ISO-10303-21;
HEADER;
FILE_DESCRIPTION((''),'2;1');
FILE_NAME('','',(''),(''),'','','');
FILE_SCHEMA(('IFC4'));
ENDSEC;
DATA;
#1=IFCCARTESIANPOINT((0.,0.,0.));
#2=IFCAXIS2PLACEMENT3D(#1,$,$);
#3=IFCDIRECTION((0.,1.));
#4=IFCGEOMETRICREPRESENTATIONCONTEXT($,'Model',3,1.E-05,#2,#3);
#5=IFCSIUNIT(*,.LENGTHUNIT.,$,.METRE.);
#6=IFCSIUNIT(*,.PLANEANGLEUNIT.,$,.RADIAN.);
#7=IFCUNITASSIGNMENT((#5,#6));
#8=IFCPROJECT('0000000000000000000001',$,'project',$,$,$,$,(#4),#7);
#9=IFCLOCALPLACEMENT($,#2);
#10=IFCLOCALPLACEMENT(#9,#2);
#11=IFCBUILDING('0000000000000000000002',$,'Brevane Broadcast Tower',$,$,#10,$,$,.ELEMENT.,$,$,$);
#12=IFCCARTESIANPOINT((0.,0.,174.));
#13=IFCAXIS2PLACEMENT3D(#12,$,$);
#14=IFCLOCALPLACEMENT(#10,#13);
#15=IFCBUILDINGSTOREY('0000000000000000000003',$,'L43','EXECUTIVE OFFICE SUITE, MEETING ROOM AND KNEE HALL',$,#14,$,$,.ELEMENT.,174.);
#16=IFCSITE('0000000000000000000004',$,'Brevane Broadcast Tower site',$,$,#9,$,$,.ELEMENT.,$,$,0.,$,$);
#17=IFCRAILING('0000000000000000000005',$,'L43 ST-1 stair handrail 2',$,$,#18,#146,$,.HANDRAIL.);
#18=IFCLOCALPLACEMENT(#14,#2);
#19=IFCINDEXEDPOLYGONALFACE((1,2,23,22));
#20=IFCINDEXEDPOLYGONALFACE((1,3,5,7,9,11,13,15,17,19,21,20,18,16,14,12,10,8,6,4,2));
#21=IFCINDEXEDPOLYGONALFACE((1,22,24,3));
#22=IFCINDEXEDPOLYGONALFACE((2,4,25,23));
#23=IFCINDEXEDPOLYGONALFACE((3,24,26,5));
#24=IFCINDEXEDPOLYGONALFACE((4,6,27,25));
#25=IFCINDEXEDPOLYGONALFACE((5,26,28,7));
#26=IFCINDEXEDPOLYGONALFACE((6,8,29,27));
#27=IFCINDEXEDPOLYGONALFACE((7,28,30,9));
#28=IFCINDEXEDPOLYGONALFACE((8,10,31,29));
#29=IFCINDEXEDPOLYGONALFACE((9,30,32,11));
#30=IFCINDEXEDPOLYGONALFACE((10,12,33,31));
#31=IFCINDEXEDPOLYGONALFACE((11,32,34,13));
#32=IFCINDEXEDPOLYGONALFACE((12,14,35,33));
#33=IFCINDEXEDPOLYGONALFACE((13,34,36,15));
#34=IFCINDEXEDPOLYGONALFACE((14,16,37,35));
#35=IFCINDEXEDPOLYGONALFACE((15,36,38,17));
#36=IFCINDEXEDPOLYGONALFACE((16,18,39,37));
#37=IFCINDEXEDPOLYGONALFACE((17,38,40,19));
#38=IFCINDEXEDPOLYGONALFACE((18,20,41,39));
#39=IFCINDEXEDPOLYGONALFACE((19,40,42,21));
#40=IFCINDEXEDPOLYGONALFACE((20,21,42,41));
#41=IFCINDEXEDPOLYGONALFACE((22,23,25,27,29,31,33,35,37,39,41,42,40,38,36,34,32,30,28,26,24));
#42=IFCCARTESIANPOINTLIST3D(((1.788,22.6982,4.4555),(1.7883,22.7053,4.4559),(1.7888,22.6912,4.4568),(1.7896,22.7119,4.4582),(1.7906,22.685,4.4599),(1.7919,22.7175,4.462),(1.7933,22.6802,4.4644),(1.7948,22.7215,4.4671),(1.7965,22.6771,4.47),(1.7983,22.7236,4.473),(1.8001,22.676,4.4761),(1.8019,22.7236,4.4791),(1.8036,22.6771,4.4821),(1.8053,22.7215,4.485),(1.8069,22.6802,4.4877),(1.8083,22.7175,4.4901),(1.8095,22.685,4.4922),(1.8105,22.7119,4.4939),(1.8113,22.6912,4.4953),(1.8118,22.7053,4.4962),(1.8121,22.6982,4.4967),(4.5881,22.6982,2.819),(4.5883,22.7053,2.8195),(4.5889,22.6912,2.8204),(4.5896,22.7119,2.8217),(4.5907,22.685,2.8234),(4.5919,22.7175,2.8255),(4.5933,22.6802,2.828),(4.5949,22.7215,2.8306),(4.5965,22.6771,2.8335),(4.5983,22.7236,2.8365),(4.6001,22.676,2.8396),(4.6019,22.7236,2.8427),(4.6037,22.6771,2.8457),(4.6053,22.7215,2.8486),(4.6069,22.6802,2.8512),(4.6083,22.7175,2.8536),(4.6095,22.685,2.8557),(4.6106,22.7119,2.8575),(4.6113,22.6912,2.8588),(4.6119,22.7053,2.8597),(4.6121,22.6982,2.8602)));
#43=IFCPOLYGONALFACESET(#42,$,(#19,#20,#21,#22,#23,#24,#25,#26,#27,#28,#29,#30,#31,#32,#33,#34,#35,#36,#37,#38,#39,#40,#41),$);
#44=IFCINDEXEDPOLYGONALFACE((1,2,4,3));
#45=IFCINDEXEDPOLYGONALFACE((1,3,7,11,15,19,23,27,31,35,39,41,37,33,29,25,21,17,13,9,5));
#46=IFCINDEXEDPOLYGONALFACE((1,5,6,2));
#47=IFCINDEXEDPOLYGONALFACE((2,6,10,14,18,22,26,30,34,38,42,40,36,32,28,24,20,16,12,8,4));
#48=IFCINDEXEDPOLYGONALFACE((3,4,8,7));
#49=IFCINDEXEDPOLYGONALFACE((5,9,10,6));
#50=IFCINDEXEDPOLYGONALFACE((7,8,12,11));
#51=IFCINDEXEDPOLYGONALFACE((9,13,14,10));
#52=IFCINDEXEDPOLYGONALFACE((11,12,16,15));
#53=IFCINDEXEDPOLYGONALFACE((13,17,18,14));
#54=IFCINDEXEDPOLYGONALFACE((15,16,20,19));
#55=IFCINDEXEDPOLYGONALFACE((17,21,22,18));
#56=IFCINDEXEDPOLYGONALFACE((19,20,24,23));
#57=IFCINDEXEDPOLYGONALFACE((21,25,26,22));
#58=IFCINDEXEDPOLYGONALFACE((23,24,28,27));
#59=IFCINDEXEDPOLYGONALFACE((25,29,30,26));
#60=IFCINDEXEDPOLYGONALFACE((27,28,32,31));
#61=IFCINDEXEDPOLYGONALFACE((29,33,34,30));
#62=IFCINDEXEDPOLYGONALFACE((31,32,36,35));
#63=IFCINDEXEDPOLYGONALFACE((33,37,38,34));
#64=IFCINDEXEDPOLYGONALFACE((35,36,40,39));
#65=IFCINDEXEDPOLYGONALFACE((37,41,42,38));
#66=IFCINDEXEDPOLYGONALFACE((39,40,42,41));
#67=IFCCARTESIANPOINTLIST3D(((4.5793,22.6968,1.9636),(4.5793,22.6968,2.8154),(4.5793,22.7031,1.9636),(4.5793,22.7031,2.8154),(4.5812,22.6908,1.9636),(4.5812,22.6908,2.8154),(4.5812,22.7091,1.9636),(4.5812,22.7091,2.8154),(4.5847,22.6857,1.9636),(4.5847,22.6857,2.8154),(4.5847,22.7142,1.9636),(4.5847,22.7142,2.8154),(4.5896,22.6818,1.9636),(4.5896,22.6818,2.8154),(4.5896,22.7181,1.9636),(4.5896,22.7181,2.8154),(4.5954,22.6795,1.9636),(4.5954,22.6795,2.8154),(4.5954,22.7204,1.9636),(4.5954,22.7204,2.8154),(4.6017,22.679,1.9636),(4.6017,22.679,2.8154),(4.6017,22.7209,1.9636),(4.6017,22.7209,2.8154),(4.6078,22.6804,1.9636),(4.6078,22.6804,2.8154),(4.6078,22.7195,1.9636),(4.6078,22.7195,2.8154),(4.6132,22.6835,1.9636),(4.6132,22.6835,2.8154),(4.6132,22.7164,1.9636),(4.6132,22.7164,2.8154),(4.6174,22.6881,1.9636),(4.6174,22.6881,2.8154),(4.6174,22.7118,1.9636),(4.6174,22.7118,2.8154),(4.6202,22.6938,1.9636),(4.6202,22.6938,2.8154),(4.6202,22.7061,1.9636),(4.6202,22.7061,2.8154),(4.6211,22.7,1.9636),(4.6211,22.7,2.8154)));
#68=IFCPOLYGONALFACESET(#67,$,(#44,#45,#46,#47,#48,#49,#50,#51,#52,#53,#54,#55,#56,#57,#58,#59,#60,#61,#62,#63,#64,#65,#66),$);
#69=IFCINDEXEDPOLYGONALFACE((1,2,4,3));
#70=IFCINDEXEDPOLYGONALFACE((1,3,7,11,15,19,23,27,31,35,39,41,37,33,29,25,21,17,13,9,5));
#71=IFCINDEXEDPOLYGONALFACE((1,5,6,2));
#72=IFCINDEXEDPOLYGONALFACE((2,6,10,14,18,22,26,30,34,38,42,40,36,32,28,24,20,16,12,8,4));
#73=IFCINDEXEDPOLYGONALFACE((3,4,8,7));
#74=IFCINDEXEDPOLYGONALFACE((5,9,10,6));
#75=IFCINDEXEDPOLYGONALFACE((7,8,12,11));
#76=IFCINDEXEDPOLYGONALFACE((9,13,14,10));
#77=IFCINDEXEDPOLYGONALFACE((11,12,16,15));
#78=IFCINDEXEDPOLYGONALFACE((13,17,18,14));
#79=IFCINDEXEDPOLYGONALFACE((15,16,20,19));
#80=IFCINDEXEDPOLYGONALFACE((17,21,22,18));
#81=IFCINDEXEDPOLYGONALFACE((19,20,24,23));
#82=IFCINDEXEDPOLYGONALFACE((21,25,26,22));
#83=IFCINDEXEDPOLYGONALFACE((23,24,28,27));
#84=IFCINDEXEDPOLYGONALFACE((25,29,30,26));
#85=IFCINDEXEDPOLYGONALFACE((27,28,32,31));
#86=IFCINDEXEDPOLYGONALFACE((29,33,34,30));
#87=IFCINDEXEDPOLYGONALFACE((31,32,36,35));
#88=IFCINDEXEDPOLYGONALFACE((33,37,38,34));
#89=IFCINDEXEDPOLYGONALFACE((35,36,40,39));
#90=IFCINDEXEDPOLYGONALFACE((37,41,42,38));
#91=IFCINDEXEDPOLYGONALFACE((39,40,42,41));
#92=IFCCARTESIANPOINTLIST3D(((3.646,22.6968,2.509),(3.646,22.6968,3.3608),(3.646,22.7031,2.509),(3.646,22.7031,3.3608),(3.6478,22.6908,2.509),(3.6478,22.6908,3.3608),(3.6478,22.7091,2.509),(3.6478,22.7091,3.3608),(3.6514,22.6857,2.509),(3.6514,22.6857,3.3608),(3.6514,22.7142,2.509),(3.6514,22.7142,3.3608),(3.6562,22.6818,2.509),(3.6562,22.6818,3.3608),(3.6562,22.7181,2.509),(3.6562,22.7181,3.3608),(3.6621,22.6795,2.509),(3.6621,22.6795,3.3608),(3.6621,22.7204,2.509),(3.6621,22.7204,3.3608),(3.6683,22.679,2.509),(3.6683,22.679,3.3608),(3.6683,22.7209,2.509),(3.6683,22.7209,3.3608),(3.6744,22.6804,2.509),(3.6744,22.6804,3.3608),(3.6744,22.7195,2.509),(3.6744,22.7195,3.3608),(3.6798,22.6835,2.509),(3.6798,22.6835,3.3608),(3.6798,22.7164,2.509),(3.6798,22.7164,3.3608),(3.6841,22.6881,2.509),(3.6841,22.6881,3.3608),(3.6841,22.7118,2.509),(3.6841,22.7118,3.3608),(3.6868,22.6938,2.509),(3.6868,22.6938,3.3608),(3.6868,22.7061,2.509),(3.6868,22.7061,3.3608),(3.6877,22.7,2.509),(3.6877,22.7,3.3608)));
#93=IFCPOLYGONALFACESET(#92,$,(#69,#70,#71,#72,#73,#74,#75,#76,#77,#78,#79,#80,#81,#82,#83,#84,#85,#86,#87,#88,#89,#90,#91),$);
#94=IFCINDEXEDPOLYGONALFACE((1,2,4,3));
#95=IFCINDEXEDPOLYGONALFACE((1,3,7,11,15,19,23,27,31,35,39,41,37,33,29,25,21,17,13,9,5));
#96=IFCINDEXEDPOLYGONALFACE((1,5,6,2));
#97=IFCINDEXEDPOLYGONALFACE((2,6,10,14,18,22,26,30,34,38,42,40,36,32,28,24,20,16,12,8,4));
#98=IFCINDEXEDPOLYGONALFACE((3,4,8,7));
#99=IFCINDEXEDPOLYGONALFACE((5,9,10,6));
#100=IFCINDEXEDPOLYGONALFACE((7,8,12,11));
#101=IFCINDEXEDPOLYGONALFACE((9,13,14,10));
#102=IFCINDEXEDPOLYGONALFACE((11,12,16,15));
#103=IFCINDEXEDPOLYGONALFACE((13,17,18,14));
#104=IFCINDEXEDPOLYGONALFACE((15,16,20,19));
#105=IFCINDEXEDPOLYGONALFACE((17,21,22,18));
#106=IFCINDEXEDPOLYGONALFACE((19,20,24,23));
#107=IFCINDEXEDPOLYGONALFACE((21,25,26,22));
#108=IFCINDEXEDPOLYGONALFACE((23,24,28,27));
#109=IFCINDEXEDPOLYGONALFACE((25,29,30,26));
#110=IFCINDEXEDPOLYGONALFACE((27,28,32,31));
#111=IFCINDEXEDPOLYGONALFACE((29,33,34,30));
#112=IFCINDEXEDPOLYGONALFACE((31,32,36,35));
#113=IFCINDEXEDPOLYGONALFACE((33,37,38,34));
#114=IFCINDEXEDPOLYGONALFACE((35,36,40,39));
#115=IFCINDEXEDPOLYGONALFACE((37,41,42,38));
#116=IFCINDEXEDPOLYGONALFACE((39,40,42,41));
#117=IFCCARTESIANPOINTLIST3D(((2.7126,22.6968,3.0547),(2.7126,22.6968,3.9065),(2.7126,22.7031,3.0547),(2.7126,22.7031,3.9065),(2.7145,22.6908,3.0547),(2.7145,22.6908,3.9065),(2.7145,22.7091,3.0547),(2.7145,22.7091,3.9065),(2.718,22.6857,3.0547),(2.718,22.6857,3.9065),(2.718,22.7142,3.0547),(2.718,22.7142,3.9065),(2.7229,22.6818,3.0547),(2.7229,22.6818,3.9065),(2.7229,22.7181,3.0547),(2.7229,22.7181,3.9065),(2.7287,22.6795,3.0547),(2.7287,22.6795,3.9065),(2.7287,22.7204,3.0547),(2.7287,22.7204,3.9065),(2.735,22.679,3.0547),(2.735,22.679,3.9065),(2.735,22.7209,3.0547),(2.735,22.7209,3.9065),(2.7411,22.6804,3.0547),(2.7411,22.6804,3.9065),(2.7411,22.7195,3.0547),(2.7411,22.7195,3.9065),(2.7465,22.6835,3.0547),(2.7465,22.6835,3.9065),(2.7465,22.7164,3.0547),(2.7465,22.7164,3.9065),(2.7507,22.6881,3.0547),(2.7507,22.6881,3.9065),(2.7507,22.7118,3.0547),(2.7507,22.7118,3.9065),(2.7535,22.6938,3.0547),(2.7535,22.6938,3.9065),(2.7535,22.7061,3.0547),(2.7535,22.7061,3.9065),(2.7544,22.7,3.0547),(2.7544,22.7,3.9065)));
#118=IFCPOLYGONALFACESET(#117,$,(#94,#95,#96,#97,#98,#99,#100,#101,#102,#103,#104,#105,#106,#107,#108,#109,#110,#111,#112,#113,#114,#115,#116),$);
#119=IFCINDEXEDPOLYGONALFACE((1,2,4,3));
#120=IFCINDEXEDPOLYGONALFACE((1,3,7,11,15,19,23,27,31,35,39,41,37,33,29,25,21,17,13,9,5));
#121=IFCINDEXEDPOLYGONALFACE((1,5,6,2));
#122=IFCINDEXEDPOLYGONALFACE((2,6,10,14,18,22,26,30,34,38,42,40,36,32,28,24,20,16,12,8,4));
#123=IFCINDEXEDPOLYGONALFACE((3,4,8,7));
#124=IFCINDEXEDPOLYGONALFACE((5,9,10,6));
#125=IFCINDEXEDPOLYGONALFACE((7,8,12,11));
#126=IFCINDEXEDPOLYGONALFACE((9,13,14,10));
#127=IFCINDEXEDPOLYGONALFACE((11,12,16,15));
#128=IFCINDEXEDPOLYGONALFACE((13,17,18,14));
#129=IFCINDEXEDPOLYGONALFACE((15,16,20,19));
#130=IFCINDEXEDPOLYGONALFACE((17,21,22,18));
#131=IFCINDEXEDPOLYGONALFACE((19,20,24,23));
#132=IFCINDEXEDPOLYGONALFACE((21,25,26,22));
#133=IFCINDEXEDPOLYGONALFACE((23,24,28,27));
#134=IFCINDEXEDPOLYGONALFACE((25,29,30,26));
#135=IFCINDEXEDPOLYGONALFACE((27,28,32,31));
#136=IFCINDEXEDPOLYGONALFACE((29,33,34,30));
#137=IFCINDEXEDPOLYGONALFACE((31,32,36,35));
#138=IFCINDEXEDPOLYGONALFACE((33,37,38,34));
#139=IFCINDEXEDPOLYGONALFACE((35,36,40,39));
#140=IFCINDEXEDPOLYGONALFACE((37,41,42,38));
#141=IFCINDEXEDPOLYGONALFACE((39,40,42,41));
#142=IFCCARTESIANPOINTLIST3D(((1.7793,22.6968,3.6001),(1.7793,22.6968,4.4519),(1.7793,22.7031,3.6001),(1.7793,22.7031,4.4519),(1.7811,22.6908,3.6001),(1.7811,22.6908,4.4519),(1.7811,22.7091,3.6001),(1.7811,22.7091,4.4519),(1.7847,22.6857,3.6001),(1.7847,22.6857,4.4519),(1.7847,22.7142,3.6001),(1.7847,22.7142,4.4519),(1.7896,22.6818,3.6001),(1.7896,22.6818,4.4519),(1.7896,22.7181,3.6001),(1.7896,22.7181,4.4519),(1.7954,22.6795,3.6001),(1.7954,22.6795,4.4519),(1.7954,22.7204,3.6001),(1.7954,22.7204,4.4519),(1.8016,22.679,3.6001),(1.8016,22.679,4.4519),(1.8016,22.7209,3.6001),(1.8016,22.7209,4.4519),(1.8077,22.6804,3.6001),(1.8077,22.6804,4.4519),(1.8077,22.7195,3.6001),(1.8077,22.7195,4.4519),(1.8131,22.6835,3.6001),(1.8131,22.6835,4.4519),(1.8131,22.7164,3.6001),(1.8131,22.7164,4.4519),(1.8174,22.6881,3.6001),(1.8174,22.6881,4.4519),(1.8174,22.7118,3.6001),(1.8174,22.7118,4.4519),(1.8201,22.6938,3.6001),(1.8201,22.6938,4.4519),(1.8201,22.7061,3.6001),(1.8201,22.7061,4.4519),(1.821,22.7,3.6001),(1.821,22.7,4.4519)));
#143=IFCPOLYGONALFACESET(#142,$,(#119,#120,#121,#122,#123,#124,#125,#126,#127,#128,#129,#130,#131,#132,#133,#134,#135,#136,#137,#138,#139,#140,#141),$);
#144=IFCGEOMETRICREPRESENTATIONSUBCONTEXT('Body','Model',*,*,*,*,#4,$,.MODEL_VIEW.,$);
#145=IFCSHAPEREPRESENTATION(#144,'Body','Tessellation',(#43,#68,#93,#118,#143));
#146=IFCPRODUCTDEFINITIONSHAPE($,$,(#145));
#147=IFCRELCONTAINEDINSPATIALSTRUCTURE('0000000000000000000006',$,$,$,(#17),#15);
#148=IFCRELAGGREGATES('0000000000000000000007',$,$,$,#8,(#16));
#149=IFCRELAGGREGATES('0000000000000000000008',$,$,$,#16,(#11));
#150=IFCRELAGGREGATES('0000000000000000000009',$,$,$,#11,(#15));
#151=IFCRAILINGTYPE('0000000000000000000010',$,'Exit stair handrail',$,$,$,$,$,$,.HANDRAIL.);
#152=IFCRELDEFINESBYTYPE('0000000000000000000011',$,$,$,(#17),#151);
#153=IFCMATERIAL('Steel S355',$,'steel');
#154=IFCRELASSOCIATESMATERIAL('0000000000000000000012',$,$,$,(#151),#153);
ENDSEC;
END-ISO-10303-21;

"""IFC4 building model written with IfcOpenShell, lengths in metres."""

from ifc_helpers import new_model, si_unit, direction, frame, origin, origin_2d, place, context, subcontext, project, spatial, circle, extrude, material, type_object, element, save


model = new_model("IFC4")

# Units and contexts
model_context = context("Model", 3, precision=1e-05, world=origin(), true_north=direction((0.0, 1.0)))
body_context = subcontext(model_context, "Body", "Model", "MODEL_VIEW")
ifc_project = project(units=[si_unit("LENGTHUNIT", "METRE"), si_unit("PLANEANGLEUNIT", "RADIAN")], contexts=[model_context])

# Site, building, storey
site_placement = place(None, origin())
site = spatial("IfcSite", under=ifc_project, at=site_placement, Name="Brevane Broadcast Tower site", CompositionType="ELEMENT", RefElevation=0.0)
building_placement = place(site_placement, origin())
building = spatial("IfcBuilding", under=site, at=building_placement, Name="Brevane Broadcast Tower", CompositionType="ELEMENT")
storey_placement = place(building_placement, frame((0.0, 0.0, 174.0)))
storey = spatial("IfcBuildingStorey", under=building, at=storey_placement, Name="L43", Description="EXECUTIVE OFFICE SUITE, MEETING ROOM AND KNEE HALL", CompositionType="ELEMENT", Elevation=174.0)

# Railing
ifc_material_1 = material(Name="Steel S355", Category="steel")
railing_type_1 = type_object("IfcRailingType", Name="Exit stair handrail", PredefinedType="HANDRAIL", material=ifc_material_1)
railing_1_placement = place(storey_placement, frame((4.6001, 22.7, 1.9636)))
element("IfcRailing", 1, at=railing_1_placement, inside=storey, type_object=railing_type_1, Name="L43 ST-1 stair handrail 2", PredefinedType="HANDRAIL", context=body_context, shape_type="SweptSolid", body=[
    extrude(circle(Radius=0.0239, at=origin_2d()), frame((0.0, 0.0, 0.876), z_axis=(-0.863361, 0.0, 0.504587), x_axis=(0.0, -1.0, 0.0)), (0.0, 0.0, 1.0), 3.2432),
    extrude(circle(Radius=0.021, at=origin_2d()), origin(), (0.0, 0.0, 1.0), 0.8518),
    extrude(circle(Radius=0.021, at=origin_2d()), frame((-0.9333, 0.0, 0.5454)), (0.0, 0.0, 1.0), 0.8518),
    extrude(circle(Radius=0.021, at=origin_2d()), frame((-1.8667, 0.0, 1.0911)), (0.0, 0.0, 1.0), 0.8518),
    extrude(circle(Radius=0.021, at=origin_2d()), frame((-2.8, 0.0, 1.6365)), (0.0, 0.0, 1.0), 0.8518),
])

save(model, "model.ifc")
